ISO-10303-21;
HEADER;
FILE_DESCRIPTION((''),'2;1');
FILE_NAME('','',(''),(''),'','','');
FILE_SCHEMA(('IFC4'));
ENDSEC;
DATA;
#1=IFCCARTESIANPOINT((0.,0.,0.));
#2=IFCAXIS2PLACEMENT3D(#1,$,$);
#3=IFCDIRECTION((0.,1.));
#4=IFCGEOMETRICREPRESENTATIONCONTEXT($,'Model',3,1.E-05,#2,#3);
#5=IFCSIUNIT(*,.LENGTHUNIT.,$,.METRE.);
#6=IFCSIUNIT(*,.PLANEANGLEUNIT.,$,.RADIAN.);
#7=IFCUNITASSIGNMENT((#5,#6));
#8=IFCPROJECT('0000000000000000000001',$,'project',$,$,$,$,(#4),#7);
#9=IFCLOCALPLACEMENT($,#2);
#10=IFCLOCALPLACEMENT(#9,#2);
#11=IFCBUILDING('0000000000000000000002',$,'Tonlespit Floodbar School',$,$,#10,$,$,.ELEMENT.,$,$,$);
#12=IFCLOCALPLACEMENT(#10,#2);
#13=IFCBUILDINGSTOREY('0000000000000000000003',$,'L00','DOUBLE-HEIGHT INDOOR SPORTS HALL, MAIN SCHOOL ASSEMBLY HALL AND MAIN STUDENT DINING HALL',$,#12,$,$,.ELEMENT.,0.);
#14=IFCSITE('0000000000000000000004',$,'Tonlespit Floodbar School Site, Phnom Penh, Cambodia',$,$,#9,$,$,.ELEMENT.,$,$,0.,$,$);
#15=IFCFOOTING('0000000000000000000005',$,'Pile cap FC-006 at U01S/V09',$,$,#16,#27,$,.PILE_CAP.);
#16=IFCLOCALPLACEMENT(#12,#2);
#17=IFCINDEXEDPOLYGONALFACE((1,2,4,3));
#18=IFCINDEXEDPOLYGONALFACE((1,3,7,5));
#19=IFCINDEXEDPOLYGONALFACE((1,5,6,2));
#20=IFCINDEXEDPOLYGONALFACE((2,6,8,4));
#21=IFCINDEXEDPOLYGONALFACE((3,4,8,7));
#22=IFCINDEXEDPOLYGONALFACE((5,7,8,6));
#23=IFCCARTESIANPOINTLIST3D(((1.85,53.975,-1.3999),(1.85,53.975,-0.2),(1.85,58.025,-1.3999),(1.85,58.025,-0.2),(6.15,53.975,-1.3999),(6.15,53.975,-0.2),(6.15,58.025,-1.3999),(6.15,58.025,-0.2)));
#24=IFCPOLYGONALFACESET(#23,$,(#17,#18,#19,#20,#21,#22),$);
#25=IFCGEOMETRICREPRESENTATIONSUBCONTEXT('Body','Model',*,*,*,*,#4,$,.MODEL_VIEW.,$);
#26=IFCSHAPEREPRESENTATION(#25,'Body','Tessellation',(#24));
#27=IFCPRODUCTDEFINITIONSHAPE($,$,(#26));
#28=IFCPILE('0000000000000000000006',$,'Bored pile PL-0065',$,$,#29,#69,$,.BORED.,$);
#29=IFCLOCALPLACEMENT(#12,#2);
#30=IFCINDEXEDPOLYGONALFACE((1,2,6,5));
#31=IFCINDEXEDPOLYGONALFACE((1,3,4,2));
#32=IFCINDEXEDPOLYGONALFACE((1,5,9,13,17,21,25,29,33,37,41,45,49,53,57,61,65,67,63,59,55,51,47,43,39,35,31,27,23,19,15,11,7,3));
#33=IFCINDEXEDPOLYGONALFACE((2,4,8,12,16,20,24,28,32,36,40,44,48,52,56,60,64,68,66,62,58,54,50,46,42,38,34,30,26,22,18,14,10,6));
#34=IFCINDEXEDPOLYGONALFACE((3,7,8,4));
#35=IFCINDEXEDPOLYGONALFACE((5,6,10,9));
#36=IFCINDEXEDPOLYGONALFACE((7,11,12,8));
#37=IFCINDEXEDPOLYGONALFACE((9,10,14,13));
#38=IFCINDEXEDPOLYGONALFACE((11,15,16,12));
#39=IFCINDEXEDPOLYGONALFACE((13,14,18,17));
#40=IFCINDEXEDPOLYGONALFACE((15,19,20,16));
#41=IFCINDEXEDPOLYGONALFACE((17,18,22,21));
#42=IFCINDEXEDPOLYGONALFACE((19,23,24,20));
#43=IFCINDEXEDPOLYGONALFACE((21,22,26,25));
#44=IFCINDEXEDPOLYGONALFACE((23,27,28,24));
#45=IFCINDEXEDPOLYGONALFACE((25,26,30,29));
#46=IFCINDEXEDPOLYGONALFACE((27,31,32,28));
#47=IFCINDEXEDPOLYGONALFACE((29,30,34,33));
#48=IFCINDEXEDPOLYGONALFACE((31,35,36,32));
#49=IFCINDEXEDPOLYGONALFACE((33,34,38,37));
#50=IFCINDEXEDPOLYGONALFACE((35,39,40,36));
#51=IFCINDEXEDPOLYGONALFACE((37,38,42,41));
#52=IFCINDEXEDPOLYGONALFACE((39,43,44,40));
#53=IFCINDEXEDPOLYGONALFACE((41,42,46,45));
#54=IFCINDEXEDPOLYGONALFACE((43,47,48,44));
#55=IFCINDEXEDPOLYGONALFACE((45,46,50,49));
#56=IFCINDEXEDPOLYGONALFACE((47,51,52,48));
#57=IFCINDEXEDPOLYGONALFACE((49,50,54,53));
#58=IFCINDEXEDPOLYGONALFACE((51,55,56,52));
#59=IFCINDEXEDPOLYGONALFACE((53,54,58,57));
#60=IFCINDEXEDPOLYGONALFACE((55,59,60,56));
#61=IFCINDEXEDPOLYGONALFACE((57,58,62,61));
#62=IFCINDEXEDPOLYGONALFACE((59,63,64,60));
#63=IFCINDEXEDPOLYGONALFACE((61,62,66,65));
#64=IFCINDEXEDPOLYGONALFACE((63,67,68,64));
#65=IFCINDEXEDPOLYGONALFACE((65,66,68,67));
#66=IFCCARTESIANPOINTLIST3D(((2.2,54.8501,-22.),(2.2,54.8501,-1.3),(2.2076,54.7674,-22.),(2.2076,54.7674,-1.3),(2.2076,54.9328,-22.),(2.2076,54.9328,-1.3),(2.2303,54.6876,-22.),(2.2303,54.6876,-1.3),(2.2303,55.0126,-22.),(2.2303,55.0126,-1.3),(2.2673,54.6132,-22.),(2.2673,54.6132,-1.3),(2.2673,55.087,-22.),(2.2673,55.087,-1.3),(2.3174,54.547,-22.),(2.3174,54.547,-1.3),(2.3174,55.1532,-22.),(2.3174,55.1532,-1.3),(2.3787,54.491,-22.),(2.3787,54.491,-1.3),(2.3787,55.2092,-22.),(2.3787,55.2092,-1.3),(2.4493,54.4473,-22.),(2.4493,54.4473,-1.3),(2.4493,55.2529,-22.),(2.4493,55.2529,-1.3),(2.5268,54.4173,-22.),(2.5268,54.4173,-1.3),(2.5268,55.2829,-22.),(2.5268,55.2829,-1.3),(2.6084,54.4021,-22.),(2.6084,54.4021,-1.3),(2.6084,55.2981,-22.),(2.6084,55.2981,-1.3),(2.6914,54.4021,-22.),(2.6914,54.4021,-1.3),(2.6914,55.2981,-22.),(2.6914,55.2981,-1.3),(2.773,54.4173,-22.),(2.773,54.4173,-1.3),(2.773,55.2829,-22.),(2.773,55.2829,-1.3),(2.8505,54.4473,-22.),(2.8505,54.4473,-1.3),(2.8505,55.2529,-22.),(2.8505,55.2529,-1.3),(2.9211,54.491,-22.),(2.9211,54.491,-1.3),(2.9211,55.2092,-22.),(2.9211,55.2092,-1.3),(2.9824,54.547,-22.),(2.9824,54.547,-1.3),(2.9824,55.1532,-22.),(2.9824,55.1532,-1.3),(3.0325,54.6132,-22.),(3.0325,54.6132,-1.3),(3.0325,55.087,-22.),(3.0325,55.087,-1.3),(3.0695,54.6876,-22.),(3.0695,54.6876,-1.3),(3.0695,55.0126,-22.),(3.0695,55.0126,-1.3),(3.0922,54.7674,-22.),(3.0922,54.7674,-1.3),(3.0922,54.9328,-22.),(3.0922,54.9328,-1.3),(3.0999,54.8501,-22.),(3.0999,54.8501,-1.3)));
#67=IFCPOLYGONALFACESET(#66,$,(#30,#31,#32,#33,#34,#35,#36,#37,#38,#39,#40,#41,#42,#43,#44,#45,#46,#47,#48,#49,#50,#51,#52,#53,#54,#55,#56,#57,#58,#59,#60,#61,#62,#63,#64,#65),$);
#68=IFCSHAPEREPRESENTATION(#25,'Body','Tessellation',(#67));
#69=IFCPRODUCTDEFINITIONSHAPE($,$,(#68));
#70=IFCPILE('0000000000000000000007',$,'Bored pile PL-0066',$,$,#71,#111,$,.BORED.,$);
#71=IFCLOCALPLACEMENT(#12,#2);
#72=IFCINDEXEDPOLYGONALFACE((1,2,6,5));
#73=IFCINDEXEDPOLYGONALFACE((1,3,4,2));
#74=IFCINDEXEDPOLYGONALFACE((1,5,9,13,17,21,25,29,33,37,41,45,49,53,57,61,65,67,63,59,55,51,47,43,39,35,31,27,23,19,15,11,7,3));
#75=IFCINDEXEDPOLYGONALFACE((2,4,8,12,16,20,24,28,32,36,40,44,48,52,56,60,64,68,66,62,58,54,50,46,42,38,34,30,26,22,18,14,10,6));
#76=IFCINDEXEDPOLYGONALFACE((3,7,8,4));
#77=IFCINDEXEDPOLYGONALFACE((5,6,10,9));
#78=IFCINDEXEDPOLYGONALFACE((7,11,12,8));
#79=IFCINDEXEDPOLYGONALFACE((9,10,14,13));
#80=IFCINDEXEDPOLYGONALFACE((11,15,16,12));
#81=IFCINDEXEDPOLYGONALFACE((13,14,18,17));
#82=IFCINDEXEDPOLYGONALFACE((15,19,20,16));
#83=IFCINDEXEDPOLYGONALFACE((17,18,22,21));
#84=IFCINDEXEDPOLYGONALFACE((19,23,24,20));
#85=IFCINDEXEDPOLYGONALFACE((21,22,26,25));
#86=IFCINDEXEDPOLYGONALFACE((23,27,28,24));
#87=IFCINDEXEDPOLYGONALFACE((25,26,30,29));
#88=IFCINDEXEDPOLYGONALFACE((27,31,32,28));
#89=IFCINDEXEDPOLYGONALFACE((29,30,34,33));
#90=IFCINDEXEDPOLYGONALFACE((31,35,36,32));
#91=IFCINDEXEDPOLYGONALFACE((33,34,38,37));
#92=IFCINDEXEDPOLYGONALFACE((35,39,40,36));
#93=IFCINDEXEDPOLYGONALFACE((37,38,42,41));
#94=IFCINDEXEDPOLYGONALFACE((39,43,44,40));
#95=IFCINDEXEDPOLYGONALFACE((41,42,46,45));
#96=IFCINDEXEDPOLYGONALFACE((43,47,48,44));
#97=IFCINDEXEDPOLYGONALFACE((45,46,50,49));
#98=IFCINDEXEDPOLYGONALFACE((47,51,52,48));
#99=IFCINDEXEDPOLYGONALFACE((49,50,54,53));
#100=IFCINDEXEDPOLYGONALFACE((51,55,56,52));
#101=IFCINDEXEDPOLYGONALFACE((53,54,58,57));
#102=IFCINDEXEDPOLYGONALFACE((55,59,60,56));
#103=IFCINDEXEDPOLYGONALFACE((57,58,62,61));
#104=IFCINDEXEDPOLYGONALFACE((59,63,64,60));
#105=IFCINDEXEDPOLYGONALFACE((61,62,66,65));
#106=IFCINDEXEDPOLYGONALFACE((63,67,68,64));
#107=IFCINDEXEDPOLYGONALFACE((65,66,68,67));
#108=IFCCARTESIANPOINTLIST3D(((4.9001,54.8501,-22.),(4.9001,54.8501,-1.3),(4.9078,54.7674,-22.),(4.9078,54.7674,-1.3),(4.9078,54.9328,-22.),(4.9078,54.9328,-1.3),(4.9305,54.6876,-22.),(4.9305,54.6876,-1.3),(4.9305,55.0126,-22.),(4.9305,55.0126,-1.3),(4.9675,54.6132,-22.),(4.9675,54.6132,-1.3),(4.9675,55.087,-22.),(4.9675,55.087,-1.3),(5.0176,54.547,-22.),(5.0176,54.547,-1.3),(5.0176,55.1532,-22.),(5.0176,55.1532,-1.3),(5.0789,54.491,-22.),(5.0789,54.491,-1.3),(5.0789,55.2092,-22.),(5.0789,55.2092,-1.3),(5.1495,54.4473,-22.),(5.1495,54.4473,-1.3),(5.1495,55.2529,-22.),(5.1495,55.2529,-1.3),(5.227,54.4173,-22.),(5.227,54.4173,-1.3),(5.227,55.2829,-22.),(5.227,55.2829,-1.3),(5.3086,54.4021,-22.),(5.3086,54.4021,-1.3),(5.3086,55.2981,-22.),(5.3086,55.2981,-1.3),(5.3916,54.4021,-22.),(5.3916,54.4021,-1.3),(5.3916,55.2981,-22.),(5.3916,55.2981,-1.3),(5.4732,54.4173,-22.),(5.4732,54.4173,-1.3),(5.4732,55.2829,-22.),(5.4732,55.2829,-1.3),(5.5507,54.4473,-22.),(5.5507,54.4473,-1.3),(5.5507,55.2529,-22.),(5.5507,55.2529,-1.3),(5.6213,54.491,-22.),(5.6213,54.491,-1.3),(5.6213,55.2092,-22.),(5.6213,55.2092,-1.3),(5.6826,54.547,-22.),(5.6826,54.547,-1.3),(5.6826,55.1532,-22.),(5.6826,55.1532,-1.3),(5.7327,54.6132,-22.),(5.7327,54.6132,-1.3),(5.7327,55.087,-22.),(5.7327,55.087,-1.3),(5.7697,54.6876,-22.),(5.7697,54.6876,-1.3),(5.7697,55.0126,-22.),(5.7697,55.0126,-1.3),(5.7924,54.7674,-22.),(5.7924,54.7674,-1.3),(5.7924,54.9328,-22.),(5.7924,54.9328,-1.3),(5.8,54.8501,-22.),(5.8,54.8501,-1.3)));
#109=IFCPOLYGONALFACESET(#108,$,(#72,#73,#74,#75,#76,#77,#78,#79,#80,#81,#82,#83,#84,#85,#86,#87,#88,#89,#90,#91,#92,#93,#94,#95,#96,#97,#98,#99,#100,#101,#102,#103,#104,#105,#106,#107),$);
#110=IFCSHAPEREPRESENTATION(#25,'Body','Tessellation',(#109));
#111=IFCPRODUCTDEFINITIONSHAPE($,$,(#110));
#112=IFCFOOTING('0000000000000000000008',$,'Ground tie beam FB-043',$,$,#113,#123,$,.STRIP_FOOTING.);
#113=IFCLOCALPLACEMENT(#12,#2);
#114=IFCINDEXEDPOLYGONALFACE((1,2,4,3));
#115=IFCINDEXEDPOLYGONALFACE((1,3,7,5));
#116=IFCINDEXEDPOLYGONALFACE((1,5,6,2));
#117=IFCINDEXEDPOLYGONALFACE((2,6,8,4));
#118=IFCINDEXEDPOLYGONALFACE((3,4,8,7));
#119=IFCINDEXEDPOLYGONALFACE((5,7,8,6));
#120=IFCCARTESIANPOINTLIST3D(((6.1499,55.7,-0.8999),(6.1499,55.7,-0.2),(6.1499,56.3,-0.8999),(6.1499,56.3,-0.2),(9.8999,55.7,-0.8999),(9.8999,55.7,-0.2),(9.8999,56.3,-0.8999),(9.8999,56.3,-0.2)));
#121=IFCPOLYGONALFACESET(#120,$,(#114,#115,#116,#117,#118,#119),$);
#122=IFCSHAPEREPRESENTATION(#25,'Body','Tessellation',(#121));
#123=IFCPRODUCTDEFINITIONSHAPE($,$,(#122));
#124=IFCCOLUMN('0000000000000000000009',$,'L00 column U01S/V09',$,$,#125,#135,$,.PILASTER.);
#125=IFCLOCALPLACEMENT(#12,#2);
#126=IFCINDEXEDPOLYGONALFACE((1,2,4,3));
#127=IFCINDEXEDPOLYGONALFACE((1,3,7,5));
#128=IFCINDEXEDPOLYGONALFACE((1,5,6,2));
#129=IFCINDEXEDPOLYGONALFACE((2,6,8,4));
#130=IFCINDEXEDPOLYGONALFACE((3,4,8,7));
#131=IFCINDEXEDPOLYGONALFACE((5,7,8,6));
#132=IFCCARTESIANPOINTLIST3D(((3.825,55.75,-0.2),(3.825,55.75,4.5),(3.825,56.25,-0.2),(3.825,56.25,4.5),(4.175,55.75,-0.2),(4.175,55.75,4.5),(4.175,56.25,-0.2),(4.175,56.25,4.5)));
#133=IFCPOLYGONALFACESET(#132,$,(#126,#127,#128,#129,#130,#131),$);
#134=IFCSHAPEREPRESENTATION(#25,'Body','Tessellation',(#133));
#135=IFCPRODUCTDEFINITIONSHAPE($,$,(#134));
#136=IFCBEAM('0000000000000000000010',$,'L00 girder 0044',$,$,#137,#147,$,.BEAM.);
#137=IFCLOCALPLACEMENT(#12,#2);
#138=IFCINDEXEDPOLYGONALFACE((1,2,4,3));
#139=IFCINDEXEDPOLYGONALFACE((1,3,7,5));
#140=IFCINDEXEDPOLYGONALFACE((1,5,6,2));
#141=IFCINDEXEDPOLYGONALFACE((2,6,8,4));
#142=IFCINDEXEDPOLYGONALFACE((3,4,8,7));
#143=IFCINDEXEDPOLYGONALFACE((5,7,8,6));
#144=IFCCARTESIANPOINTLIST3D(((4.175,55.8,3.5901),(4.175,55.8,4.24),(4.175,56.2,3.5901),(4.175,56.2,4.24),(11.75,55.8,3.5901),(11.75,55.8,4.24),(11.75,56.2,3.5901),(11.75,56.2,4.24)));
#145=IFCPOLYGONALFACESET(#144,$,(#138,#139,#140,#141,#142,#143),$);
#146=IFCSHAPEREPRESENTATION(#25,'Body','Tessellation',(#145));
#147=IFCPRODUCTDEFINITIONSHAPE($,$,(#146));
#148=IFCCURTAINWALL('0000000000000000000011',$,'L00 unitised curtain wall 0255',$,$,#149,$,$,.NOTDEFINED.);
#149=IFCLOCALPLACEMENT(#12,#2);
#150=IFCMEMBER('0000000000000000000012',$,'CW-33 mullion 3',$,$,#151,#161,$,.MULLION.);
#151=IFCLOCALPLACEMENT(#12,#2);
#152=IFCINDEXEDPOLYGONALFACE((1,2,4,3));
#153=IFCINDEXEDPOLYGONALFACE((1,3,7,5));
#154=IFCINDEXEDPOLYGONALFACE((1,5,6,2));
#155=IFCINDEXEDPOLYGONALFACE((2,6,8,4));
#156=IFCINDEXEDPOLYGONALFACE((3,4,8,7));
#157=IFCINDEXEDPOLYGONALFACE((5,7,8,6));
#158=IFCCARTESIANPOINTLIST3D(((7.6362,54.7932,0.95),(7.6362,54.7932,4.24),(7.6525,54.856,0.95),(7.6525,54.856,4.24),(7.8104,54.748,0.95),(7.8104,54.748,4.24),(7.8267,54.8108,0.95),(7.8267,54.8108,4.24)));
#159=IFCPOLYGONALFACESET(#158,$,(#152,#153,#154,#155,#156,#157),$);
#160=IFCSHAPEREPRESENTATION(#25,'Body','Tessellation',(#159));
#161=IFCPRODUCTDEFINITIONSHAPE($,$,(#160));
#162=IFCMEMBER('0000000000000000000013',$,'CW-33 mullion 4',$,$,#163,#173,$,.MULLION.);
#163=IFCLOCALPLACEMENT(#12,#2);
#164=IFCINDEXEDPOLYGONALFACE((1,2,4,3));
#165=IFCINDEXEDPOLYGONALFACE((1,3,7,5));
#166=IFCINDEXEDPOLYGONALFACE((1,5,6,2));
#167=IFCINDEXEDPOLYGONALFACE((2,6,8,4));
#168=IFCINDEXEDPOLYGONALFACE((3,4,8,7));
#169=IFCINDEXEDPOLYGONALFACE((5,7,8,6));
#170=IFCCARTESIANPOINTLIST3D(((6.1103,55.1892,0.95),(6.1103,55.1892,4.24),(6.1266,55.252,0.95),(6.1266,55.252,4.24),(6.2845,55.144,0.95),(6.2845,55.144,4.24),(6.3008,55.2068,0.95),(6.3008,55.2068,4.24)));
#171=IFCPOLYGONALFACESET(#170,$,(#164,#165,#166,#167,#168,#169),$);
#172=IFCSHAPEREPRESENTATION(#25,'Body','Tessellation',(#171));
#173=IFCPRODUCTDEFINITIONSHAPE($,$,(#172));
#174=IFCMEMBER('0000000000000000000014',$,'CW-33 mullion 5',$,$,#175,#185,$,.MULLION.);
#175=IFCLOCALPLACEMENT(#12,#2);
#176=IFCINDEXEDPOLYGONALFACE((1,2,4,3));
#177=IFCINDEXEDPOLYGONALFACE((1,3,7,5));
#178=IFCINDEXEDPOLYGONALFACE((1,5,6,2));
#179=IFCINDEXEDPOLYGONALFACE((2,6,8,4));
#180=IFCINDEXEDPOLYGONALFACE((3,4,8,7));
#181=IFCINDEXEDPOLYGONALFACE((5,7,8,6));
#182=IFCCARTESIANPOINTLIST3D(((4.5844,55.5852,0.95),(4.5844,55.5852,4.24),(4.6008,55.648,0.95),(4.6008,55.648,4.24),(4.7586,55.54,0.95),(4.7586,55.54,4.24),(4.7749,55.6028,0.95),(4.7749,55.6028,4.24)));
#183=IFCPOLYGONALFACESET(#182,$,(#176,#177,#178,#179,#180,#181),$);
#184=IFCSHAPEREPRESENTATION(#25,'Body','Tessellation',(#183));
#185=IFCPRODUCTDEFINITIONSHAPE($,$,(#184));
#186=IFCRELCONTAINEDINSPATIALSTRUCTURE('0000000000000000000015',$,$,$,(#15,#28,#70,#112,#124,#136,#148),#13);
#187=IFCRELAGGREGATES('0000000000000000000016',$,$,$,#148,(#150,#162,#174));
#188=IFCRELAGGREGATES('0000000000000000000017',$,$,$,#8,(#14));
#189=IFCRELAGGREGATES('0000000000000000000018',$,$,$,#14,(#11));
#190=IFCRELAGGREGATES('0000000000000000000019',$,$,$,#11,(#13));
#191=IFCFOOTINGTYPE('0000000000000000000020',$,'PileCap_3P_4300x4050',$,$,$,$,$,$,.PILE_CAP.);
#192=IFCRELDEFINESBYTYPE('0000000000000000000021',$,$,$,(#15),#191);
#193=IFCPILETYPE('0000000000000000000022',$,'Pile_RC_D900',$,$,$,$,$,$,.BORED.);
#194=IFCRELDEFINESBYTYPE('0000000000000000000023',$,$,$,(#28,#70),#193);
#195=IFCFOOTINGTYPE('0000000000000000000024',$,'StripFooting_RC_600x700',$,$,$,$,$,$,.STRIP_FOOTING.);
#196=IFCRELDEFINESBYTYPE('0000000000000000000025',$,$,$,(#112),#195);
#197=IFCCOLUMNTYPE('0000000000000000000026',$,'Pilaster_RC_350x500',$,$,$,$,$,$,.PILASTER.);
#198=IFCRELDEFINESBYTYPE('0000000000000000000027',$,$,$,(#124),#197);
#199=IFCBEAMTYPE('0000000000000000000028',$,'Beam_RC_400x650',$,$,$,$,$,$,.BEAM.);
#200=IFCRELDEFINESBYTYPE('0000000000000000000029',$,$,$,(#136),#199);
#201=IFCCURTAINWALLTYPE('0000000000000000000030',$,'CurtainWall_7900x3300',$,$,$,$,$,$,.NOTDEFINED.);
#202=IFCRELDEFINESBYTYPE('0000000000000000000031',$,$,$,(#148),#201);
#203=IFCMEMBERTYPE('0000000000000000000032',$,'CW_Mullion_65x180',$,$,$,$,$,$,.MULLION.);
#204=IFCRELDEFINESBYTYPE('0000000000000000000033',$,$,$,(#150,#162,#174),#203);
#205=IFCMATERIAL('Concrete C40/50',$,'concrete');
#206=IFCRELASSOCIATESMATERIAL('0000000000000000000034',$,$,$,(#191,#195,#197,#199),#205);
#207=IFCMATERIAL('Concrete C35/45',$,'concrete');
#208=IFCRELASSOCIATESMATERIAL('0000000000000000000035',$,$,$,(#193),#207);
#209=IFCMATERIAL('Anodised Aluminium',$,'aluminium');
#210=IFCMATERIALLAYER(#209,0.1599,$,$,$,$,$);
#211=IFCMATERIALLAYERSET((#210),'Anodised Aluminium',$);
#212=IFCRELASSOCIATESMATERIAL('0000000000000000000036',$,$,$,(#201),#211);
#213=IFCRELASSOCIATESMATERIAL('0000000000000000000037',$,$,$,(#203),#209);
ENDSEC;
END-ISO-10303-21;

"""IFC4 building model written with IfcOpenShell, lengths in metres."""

from ifc_helpers import new_model, si_unit, direction, frame, origin, origin_2d, place, context, subcontext, project, spatial, rectangle, circle, extrude, material, layer, layer_set, material_profile, profile_set, type_object, element, aggregate, save


model = new_model("IFC4")

# Units and contexts
model_context = context("Model", 3, precision=1e-05, world=origin(), true_north=direction((0.0, 1.0)))
body_context = subcontext(model_context, "Body", "Model", "MODEL_VIEW")
ifc_project = project(units=[si_unit("LENGTHUNIT", "METRE"), si_unit("PLANEANGLEUNIT", "RADIAN")], contexts=[model_context])

# Site, building, storey
site_placement = place(None, origin())
site = spatial("IfcSite", under=ifc_project, at=site_placement, Name="Tonlespit Floodbar School Site, Phnom Penh, Cambodia", CompositionType="ELEMENT", RefElevation=0.0)
building_placement = place(site_placement, origin())
building = spatial("IfcBuilding", under=site, at=building_placement, Name="Tonlespit Floodbar School", CompositionType="ELEMENT")
storey_placement = place(building_placement, origin())
storey = spatial("IfcBuildingStorey", under=building, at=storey_placement, Name="L00", Description="DOUBLE-HEIGHT INDOOR SPORTS HALL, MAIN SCHOOL ASSEMBLY HALL AND MAIN STUDENT DINING HALL", CompositionType="ELEMENT", Elevation=0.0)

# Footing
ifc_material_1 = material(Name="Concrete C40/50", Category="concrete")
footing_type_1 = type_object("IfcFootingType", Name="PileCap_3P_4300x4050", PredefinedType="PILE_CAP", material=ifc_material_1)
footing_1_placement = place(storey_placement, frame((4.0, 56.0, -1.3999), z_axis=(0.0, 0.0, 1.0), x_axis=(1.0, 0.0, 0.0)))
element("IfcFooting", 1, at=footing_1_placement, inside=storey, type_object=footing_type_1, Name="Pile cap FC-006 at U01S/V09", PredefinedType="PILE_CAP", context=body_context, shape_type="SweptSolid", body=[
    extrude(rectangle(XDim=4.3, YDim=4.05, at=origin_2d()), origin(), (0.0, 0.0, 1.0), 1.2),
])

# Piles
ifc_material_2 = material(Name="Concrete C35/45", Category="concrete")
ifc_material_profile_1 = material_profile(ifc_material_2, circle(Radius=0.45, at=origin_2d()), Name="BP D900")
ifc_profile_set_1 = profile_set([ifc_material_profile_1], Name="Concrete C35/45")
pile_type = type_object("IfcPileType", Name="Pile_RC_D900", PredefinedType="BORED", material=ifc_profile_set_1)
for number, where, z_axis, x_axis, name in (
    (2, (2.6499, 54.8501, -1.3), (0.0, 0.0, -1.0), (1.0, 0.0, 0.0), "Bored pile PL-0065"),
    (3, (5.3501, 54.8501, -1.3), (0.0, 0.0, -1.0), (1.0, 0.0, 0.0), "Bored pile PL-0066"),
):
    element("IfcPile", number, at=place(storey_placement, frame(where, z_axis=z_axis, x_axis=x_axis)), inside=storey, type_object=pile_type, Name=name, PredefinedType="BORED", context=body_context, shape_type="SweptSolid", body=[
        extrude(circle(Radius=0.45, at=origin_2d()), origin(), (0.0, 0.0, 1.0), 20.7),
    ])

# Footing
footing_type_2 = type_object("IfcFootingType", Name="StripFooting_RC_600x700", PredefinedType="STRIP_FOOTING", material=ifc_material_1)
footing_2_placement = place(storey_placement, frame((8.0249, 56.0, -0.8999), z_axis=(0.0, 0.0, 1.0), x_axis=(1.0, 0.0, 0.0)))
element("IfcFooting", 4, at=footing_2_placement, inside=storey, type_object=footing_type_2, Name="Ground tie beam FB-043", PredefinedType="STRIP_FOOTING", context=body_context, shape_type="SweptSolid", body=[
    extrude(rectangle(XDim=3.75, YDim=0.6001, at=origin_2d()), origin(), (0.0, 0.0, 1.0), 0.7),
])

# Column
ifc_material_profile_2 = material_profile(ifc_material_1, rectangle(XDim=0.3501, YDim=0.5, at=origin_2d()), Name="RC 350x500")
ifc_profile_set_2 = profile_set([ifc_material_profile_2], Name="Concrete C40/50")
column_type = type_object("IfcColumnType", Name="Pilaster_RC_350x500", PredefinedType="PILASTER", material=ifc_profile_set_2)
column_placement = place(storey_placement, frame((4.0, 56.0, -0.2), z_axis=(0.0, 0.0, 1.0), x_axis=(1.0, 0.0, 0.0)))
element("IfcColumn", 5, at=column_placement, inside=storey, type_object=column_type, Name="L00 column U01S/V09", PredefinedType="PILASTER", context=body_context, shape_type="SweptSolid", body=[
    extrude(rectangle(XDim=0.3501, YDim=0.5, at=origin_2d()), origin(), (0.0, 0.0, 1.0), 4.7),
])

# Beam
ifc_material_profile_3 = material_profile(ifc_material_1, rectangle(XDim=0.3999, YDim=0.6499, at=origin_2d()), Name="RC 400x650")
ifc_profile_set_3 = profile_set([ifc_material_profile_3], Name="Concrete C40/50")
beam_type = type_object("IfcBeamType", Name="Beam_RC_400x650", PredefinedType="BEAM", material=ifc_profile_set_3)
beam_placement = place(storey_placement, frame((4.175, 56.0, 3.915), z_axis=(1.0, 0.0, 0.0), x_axis=(0.0, 1.0, 0.0)))
element("IfcBeam", 6, at=beam_placement, inside=storey, type_object=beam_type, Name="L00 girder 0044", PredefinedType="BEAM", context=body_context, shape_type="SweptSolid", body=[
    extrude(rectangle(XDim=0.3999, YDim=0.6499, at=origin_2d()), origin(), (0.0, 0.0, 1.0), 7.575),
])

# Curtain wall, members
ifc_material_3 = material(Name="Anodised Aluminium", Category="aluminium")
ifc_layer_1 = layer(ifc_material_3, 0.1599)
ifc_layer_set_1 = layer_set([ifc_layer_1], Name="Anodised Aluminium")
curtain_wall_type = type_object("IfcCurtainWallType", Name="CurtainWall_7900x3300", PredefinedType="NOTDEFINED", material=ifc_layer_set_1)
curtain_wall_placement = place(storey_placement, origin())
curtain_wall = element("IfcCurtainWall", 7, at=curtain_wall_placement, inside=storey, type_object=curtain_wall_type, Name="L00 unitised curtain wall 0255", PredefinedType="NOTDEFINED")
ifc_material_profile_4 = material_profile(ifc_material_3, rectangle(XDim=0.0649, YDim=0.1799, at=origin_2d()), Name="ALU M65x180")
ifc_profile_set_4 = profile_set([ifc_material_profile_4], Name="Anodised Aluminium")
member_type_1 = type_object("IfcMemberType", Name="CW_Mullion_65x180", PredefinedType="MULLION", material=ifc_profile_set_4)
member_1_placement = place(storey_placement, frame((7.7314, 54.802, 0.95), z_axis=(0.0, 0.0, 1.0), x_axis=(-0.251201, -0.967935, 0.0)))
member_1 = element("IfcMember", 8, at=member_1_placement, type_object=member_type_1, Name="CW-33 mullion 3", PredefinedType="MULLION", context=body_context, shape_type="SweptSolid", body=[
    extrude(rectangle(XDim=0.0649, YDim=0.1799, at=origin_2d()), origin(), (0.0, 0.0, 1.0), 3.29),
])
member_2_placement = place(storey_placement, frame((6.2056, 55.198, 0.95), z_axis=(0.0, 0.0, 1.0), x_axis=(-0.251201, -0.967935, 0.0)))
member_2 = element("IfcMember", 9, at=member_2_placement, type_object=member_type_1, Name="CW-33 mullion 4", PredefinedType="MULLION", context=body_context, shape_type="SweptSolid", body=[
    extrude(rectangle(XDim=0.0649, YDim=0.1799, at=origin_2d()), origin(), (0.0, 0.0, 1.0), 3.29),
])
member_3_placement = place(storey_placement, frame((4.6797, 55.594, 0.95), z_axis=(0.0, 0.0, 1.0), x_axis=(-0.251201, -0.967935, 0.0)))
member_3 = element("IfcMember", 10, at=member_3_placement, type_object=member_type_1, Name="CW-33 mullion 5", PredefinedType="MULLION", context=body_context, shape_type="SweptSolid", body=[
    extrude(rectangle(XDim=0.0649, YDim=0.1799, at=origin_2d()), origin(), (0.0, 0.0, 1.0), 3.29),
])
aggregate(curtain_wall, [member_1, member_2, member_3])

save(model, "model.ifc")
